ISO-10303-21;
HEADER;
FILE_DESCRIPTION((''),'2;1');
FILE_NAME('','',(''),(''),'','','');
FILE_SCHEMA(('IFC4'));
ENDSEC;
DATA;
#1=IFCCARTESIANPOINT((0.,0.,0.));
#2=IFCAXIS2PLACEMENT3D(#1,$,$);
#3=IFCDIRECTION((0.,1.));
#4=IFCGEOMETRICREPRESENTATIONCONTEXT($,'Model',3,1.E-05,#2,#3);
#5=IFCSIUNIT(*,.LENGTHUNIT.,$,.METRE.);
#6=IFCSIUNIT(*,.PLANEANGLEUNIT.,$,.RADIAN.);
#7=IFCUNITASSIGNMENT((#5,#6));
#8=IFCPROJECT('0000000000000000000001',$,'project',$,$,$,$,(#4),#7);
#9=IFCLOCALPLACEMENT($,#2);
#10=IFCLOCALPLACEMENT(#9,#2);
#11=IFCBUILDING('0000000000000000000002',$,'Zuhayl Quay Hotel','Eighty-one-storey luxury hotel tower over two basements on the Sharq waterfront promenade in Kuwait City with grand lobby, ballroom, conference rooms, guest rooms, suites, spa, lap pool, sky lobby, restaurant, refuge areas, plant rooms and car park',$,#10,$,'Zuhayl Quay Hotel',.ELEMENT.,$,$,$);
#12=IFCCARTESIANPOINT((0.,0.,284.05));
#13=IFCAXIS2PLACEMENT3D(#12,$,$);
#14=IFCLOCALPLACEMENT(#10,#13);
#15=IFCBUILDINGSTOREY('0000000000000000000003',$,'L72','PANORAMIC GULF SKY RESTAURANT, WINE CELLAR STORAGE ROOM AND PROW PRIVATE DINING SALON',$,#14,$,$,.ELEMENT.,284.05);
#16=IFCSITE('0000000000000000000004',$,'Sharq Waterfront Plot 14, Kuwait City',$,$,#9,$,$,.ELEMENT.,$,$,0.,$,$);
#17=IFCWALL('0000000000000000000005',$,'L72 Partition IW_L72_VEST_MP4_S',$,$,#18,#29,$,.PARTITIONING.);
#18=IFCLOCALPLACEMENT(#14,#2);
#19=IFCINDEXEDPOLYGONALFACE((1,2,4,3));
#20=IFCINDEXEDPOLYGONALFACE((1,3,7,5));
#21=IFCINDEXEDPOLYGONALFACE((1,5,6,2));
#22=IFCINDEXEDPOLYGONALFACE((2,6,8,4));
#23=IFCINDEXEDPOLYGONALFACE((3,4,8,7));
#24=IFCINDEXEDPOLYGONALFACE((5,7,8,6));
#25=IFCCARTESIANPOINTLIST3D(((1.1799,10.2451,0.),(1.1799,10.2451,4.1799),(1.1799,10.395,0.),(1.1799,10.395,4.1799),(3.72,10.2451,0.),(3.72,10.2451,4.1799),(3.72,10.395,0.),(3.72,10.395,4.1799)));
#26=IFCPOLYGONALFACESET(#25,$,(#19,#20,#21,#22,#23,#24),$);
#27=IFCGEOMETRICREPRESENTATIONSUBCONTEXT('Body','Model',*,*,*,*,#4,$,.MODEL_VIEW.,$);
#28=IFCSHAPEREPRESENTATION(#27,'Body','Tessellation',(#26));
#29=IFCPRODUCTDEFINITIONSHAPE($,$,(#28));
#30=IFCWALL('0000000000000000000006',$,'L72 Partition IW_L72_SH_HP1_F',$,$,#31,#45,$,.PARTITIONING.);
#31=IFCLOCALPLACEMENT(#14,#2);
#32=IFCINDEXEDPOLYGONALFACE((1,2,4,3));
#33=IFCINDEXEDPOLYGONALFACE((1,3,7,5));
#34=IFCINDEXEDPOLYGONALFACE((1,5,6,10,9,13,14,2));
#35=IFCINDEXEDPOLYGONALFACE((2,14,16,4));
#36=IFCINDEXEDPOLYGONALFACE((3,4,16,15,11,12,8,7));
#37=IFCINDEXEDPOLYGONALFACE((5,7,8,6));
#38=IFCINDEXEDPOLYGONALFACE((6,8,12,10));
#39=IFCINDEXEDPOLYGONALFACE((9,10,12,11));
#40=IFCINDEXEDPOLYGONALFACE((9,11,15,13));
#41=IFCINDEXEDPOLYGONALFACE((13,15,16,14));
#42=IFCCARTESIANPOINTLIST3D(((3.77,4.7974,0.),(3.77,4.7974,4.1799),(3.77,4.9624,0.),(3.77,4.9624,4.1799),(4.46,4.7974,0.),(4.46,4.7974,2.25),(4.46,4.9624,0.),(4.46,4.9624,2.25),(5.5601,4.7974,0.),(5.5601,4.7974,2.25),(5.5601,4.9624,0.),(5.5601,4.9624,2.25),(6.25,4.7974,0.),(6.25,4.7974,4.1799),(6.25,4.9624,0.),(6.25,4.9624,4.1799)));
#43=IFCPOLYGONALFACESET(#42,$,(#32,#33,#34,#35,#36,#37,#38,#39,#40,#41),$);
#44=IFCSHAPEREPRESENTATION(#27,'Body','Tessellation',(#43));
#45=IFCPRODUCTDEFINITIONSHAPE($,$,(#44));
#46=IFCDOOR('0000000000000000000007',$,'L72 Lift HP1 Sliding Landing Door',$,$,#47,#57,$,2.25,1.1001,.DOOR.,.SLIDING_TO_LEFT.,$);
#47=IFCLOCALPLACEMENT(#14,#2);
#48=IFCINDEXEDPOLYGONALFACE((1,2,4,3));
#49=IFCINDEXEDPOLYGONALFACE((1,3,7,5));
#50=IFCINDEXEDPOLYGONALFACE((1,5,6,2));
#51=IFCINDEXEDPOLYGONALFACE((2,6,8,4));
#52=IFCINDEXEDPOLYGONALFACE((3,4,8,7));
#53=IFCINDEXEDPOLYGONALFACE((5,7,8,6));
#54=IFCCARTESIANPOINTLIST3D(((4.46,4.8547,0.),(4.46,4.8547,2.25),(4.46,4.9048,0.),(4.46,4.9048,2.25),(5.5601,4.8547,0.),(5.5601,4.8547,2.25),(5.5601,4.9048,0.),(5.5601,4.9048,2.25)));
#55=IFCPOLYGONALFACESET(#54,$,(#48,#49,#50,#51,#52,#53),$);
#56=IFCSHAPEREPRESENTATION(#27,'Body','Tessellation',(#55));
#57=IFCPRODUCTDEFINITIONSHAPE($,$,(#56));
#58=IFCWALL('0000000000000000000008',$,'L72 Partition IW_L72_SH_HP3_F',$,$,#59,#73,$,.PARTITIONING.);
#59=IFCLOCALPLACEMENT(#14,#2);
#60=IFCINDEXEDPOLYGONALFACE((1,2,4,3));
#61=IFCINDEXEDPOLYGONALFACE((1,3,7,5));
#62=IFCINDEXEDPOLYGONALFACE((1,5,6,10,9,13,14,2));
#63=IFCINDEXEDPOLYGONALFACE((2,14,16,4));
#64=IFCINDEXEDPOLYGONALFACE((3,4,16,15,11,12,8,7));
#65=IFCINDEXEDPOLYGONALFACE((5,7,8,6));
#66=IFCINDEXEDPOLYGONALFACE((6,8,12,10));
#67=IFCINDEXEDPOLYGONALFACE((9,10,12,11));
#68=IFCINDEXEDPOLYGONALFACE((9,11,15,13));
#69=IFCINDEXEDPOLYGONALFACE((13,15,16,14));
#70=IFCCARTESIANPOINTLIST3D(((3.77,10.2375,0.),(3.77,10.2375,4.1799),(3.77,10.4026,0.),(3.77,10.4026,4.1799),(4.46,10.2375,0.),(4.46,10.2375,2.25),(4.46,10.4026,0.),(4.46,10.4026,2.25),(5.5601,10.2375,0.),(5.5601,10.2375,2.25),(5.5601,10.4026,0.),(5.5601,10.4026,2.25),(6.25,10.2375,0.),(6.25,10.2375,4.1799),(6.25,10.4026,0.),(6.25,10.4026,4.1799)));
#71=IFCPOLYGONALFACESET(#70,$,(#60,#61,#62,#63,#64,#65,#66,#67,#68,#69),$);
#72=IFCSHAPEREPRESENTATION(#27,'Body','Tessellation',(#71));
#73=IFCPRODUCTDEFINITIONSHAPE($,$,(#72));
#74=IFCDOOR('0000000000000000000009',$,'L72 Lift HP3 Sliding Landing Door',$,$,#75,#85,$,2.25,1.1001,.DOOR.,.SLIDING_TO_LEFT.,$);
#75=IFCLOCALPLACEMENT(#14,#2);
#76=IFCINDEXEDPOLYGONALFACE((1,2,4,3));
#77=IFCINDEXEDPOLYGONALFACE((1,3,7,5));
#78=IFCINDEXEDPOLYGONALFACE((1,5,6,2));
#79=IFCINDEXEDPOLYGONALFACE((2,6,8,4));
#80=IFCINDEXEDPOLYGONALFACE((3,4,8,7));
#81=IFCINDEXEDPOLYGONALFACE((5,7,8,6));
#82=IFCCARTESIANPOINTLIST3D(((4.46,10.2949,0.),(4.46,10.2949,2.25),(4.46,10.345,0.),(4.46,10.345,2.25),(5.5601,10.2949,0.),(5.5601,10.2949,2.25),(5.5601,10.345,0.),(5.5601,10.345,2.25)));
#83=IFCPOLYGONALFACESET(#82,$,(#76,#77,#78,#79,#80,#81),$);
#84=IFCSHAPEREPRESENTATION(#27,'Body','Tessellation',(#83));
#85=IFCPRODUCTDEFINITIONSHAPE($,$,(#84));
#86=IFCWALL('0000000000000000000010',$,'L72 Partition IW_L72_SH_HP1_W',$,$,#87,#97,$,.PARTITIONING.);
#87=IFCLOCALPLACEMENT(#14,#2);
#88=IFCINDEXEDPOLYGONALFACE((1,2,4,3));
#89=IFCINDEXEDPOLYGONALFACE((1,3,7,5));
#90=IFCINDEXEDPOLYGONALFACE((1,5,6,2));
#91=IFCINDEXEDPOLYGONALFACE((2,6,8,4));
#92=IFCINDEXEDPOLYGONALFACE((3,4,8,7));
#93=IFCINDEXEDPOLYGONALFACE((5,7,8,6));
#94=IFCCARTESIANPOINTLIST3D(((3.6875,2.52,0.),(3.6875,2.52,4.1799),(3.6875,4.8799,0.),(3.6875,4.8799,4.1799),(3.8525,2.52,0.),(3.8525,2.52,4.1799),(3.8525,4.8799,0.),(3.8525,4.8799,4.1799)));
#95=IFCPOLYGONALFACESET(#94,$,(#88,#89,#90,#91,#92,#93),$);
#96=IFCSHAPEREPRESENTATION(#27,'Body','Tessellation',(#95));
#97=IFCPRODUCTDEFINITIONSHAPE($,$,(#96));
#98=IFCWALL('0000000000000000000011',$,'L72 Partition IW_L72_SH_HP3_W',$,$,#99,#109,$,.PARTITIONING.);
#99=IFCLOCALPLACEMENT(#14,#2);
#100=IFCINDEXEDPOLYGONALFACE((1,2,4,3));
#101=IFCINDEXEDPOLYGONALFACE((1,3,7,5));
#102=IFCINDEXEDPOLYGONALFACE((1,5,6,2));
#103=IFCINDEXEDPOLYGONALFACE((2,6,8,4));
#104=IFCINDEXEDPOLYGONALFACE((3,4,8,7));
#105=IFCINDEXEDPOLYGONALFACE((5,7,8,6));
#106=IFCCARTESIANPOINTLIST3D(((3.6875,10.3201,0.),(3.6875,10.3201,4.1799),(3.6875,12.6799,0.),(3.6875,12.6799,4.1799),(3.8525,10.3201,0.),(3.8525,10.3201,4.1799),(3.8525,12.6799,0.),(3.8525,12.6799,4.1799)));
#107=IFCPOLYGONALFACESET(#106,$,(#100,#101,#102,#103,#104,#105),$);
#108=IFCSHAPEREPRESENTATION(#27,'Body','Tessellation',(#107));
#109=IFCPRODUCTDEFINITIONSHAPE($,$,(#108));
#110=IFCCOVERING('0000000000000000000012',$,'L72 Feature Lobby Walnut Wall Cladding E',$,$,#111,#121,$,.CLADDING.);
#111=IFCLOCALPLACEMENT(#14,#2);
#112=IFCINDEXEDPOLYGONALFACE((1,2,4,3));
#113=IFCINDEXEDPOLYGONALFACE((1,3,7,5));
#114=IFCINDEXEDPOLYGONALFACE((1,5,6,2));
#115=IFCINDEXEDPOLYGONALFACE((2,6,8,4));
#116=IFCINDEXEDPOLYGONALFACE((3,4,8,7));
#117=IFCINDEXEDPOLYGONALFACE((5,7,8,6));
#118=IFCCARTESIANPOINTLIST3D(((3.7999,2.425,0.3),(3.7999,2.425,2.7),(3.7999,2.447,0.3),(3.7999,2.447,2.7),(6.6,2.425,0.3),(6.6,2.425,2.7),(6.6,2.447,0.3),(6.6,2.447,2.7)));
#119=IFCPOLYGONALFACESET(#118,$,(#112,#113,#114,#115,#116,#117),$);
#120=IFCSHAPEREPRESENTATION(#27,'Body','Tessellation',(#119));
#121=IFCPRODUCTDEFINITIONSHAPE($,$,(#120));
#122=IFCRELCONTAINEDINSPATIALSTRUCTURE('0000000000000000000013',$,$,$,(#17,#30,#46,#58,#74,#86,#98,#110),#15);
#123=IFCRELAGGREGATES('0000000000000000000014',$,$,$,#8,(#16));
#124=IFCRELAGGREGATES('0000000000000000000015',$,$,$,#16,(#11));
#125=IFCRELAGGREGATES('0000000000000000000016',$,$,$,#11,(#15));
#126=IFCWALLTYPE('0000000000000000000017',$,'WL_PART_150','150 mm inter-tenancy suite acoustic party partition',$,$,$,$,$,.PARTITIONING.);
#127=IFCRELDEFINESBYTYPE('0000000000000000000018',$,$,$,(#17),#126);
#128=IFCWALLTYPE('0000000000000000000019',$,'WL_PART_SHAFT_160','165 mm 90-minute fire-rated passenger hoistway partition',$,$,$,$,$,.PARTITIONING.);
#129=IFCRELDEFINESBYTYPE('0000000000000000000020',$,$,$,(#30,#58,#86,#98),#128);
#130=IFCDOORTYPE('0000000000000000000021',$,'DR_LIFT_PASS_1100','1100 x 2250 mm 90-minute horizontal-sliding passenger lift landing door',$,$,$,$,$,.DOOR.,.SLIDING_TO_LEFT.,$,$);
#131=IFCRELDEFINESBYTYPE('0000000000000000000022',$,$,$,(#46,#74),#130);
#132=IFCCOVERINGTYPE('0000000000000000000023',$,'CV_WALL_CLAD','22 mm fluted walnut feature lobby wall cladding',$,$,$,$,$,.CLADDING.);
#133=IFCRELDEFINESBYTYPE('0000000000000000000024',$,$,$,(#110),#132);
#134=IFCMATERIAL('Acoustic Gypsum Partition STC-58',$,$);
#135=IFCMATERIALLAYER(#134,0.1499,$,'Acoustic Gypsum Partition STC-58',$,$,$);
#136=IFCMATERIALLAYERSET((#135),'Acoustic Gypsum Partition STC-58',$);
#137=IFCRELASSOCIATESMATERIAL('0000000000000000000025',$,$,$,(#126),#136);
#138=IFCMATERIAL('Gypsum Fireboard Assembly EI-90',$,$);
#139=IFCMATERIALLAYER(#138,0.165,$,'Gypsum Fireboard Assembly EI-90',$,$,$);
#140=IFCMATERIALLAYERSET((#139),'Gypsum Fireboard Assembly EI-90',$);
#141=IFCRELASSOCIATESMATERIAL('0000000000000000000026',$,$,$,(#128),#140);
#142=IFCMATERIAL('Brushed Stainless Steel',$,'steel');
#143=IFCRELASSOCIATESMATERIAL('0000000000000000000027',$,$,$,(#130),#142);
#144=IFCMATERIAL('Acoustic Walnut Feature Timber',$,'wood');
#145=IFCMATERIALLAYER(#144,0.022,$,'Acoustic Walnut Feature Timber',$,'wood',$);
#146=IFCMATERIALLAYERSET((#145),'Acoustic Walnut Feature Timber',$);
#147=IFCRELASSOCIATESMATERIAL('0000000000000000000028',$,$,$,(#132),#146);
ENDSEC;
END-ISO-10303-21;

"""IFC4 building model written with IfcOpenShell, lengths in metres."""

from ifc_helpers import new_model, si_unit, direction, frame, frame_2d, origin, origin_2d, place, context, subcontext, project, spatial, rectangle, extrude, material, layer, layer_set, type_object, element, fill, save


model = new_model("IFC4")

# Units and contexts
model_context = context("Model", 3, precision=1e-05, world=origin(), true_north=direction((0.0, 1.0)))
body_context = subcontext(model_context, "Body", "Model", "MODEL_VIEW")
ifc_project = project(units=[si_unit("LENGTHUNIT", "METRE"), si_unit("PLANEANGLEUNIT", "RADIAN")], contexts=[model_context])

# Site, building, storey
site_placement = place(None, origin())
site = spatial("IfcSite", under=ifc_project, at=site_placement, Name="Sharq Waterfront Plot 14, Kuwait City", CompositionType="ELEMENT", RefElevation=0.0)
building_placement = place(site_placement, origin())
building = spatial("IfcBuilding", under=site, at=building_placement, Name="Zuhayl Quay Hotel", Description="Eighty-one-storey luxury hotel tower over two basements on the Sharq waterfront promenade in Kuwait City with grand lobby, ballroom, conference rooms, guest rooms, suites, spa, lap pool, sky lobby, restaurant, refuge areas, plant rooms and car park", LongName="Zuhayl Quay Hotel", CompositionType="ELEMENT")
storey_placement = place(building_placement, frame((0.0, 0.0, 284.05)))
storey = spatial("IfcBuildingStorey", under=building, at=storey_placement, Name="L72", Description="PANORAMIC GULF SKY RESTAURANT, WINE CELLAR STORAGE ROOM AND PROW PRIVATE DINING SALON", CompositionType="ELEMENT", Elevation=284.05)

# Shared definitions
ifc_material_1 = material(Name="Acoustic Gypsum Partition STC-58")
ifc_layer_1 = layer(ifc_material_1, 0.1499, Name="Acoustic Gypsum Partition STC-58")
ifc_layer_set_1 = layer_set([ifc_layer_1], Name="Acoustic Gypsum Partition STC-58")
wall_type_1 = type_object("IfcWallType", Name="WL_PART_150", Description="150 mm inter-tenancy suite acoustic party partition", PredefinedType="PARTITIONING", material=ifc_layer_set_1)

# Wall
wall_1_placement = place(storey_placement, frame((1.1799, 10.3201, 0.0), z_axis=(0.0, 0.0, 1.0), x_axis=(1.0, 0.0, 0.0)))
element("IfcWall", 1, at=wall_1_placement, inside=storey, type_object=wall_type_1, Name="L72 Partition IW_L72_VEST_MP4_S", PredefinedType="PARTITIONING", context=body_context, shape_type="SweptSolid", body=[
    extrude(rectangle(XDim=2.54, YDim=0.1499, at=frame_2d((1.27, 0.0))), origin(), (0.0, 0.0, 1.0), 4.1799),
])

# Walls, openings, doors
ifc_material_2 = material(Name="Gypsum Fireboard Assembly EI-90")
ifc_layer_2 = layer(ifc_material_2, 0.165, Name="Gypsum Fireboard Assembly EI-90")
ifc_layer_set_2 = layer_set([ifc_layer_2], Name="Gypsum Fireboard Assembly EI-90")
wall_type_2 = type_object("IfcWallType", Name="WL_PART_SHAFT_160", Description="165 mm 90-minute fire-rated passenger hoistway partition", PredefinedType="PARTITIONING", material=ifc_layer_set_2)
wall_2_placement = place(storey_placement, frame((3.77, 4.8799, 0.0), z_axis=(0.0, 0.0, 1.0), x_axis=(1.0, 0.0, 0.0)))
wall_2 = element("IfcWall", 2, at=wall_2_placement, inside=storey, type_object=wall_type_2, Name="L72 Partition IW_L72_SH_HP1_F", PredefinedType="PARTITIONING", context=body_context, shape_type="SweptSolid", body=[
    extrude(rectangle(XDim=2.48, YDim=0.165, at=frame_2d((1.24, 0.0))), origin(), (0.0, 0.0, 1.0), 4.1799),
])
opening_1_placement = place(wall_2_placement, frame((0.6899, 0.0, 0.0)))
opening_1 = element("IfcOpeningElement", 3, at=opening_1_placement, cuts=wall_2, PredefinedType="OPENING", context=body_context, shape_type="SweptSolid", body=[
    extrude(rectangle(XDim=1.1001, YDim=2.25, at=frame_2d((0.55, 1.125))), frame((0.0, 0.0925, 0.0), z_axis=(0.0, -1.0, 0.0), x_axis=(1.0, 0.0, 0.0)), (0.0, 0.0, 1.0), 0.1851),
])
ifc_material_3 = material(Name="Brushed Stainless Steel", Category="steel")
door_type_1 = type_object("IfcDoorType", Name="DR_LIFT_PASS_1100", Description="1100 x 2250 mm 90-minute horizontal-sliding passenger lift landing door", OperationType="SLIDING_TO_LEFT", PredefinedType="DOOR", material=ifc_material_3)
door_1_placement = place(opening_1_placement, origin())
door_1 = element("IfcDoor", 4, at=door_1_placement, inside=storey, type_object=door_type_1, Name="L72 Lift HP1 Sliding Landing Door", OperationType="SLIDING_TO_LEFT", OverallHeight=2.25, OverallWidth=1.1001, PredefinedType="DOOR", context=body_context, shape_type="SweptSolid", body=[
    extrude(rectangle(XDim=1.1001, YDim=2.25, at=frame_2d((0.55, 1.125))), frame((0.0, 0.0249, 0.0), z_axis=(0.0, -1.0, 0.0), x_axis=(1.0, 0.0, 0.0)), (0.0, 0.0, 1.0), 0.05),
])
fill(opening_1, door_1)
wall_3_placement = place(storey_placement, frame((3.77, 10.3201, 0.0), z_axis=(0.0, 0.0, 1.0), x_axis=(1.0, 0.0, 0.0)))
wall_3 = element("IfcWall", 5, at=wall_3_placement, inside=storey, type_object=wall_type_2, Name="L72 Partition IW_L72_SH_HP3_F", PredefinedType="PARTITIONING", context=body_context, shape_type="SweptSolid", body=[
    extrude(rectangle(XDim=2.48, YDim=0.165, at=frame_2d((1.24, 0.0))), origin(), (0.0, 0.0, 1.0), 4.1799),
])
opening_2_placement = place(wall_3_placement, frame((0.6899, 0.0, 0.0)))
opening_2 = element("IfcOpeningElement", 6, at=opening_2_placement, cuts=wall_3, PredefinedType="OPENING", context=body_context, shape_type="SweptSolid", body=[
    extrude(rectangle(XDim=1.1001, YDim=2.25, at=frame_2d((0.55, 1.125))), frame((0.0, 0.0925, 0.0), z_axis=(0.0, -1.0, 0.0), x_axis=(1.0, 0.0, 0.0)), (0.0, 0.0, 1.0), 0.1851),
])
door_2_placement = place(opening_2_placement, origin())
door_2 = element("IfcDoor", 7, at=door_2_placement, inside=storey, type_object=door_type_1, Name="L72 Lift HP3 Sliding Landing Door", OperationType="SLIDING_TO_LEFT", OverallHeight=2.25, OverallWidth=1.1001, PredefinedType="DOOR", context=body_context, shape_type="SweptSolid", body=[
    extrude(rectangle(XDim=1.1001, YDim=2.25, at=frame_2d((0.55, 1.125))), frame((0.0, 0.0249, 0.0), z_axis=(0.0, -1.0, 0.0), x_axis=(1.0, 0.0, 0.0)), (0.0, 0.0, 1.0), 0.05),
])
fill(opening_2, door_2)

# Walls
for number, where, z_axis, x_axis, name in (
    (8, (3.77, 2.52, 0.0), (0.0, 0.0, 1.0), (0.0, 1.0, 0.0), "L72 Partition IW_L72_SH_HP1_W"),
    (9, (3.77, 10.3201, 0.0), (0.0, 0.0, 1.0), (0.0, 1.0, 0.0), "L72 Partition IW_L72_SH_HP3_W"),
):
    element("IfcWall", number, at=place(storey_placement, frame(where, z_axis=z_axis, x_axis=x_axis)), inside=storey, type_object=wall_type_2, Name=name, PredefinedType="PARTITIONING", context=body_context, shape_type="SweptSolid", body=[
        extrude(rectangle(XDim=2.3599, YDim=0.165, at=frame_2d((1.1799, 0.0))), origin(), (0.0, 0.0, 1.0), 4.1799),
    ])

# Covering
ifc_material_4 = material(Name="Acoustic Walnut Feature Timber", Category="wood")
ifc_layer_3 = layer(ifc_material_4, 0.022, Name="Acoustic Walnut Feature Timber", Category="wood")
ifc_layer_set_3 = layer_set([ifc_layer_3], Name="Acoustic Walnut Feature Timber")
covering_type = type_object("IfcCoveringType", Name="CV_WALL_CLAD", Description="22 mm fluted walnut feature lobby wall cladding", PredefinedType="CLADDING", material=ifc_layer_set_3)
covering_placement = place(storey_placement, frame((5.2, 2.436, 0.3), z_axis=(0.0, 0.0, 1.0), x_axis=(1.0, 0.0, 0.0)))
element("IfcCovering", 10, at=covering_placement, inside=storey, type_object=covering_type, Name="L72 Feature Lobby Walnut Wall Cladding E", PredefinedType="CLADDING", context=body_context, shape_type="SweptSolid", body=[
    extrude(rectangle(XDim=2.8, YDim=0.022, at=origin_2d()), origin(), (0.0, 0.0, 1.0), 2.3999),
])

save(model, "model.ifc")
